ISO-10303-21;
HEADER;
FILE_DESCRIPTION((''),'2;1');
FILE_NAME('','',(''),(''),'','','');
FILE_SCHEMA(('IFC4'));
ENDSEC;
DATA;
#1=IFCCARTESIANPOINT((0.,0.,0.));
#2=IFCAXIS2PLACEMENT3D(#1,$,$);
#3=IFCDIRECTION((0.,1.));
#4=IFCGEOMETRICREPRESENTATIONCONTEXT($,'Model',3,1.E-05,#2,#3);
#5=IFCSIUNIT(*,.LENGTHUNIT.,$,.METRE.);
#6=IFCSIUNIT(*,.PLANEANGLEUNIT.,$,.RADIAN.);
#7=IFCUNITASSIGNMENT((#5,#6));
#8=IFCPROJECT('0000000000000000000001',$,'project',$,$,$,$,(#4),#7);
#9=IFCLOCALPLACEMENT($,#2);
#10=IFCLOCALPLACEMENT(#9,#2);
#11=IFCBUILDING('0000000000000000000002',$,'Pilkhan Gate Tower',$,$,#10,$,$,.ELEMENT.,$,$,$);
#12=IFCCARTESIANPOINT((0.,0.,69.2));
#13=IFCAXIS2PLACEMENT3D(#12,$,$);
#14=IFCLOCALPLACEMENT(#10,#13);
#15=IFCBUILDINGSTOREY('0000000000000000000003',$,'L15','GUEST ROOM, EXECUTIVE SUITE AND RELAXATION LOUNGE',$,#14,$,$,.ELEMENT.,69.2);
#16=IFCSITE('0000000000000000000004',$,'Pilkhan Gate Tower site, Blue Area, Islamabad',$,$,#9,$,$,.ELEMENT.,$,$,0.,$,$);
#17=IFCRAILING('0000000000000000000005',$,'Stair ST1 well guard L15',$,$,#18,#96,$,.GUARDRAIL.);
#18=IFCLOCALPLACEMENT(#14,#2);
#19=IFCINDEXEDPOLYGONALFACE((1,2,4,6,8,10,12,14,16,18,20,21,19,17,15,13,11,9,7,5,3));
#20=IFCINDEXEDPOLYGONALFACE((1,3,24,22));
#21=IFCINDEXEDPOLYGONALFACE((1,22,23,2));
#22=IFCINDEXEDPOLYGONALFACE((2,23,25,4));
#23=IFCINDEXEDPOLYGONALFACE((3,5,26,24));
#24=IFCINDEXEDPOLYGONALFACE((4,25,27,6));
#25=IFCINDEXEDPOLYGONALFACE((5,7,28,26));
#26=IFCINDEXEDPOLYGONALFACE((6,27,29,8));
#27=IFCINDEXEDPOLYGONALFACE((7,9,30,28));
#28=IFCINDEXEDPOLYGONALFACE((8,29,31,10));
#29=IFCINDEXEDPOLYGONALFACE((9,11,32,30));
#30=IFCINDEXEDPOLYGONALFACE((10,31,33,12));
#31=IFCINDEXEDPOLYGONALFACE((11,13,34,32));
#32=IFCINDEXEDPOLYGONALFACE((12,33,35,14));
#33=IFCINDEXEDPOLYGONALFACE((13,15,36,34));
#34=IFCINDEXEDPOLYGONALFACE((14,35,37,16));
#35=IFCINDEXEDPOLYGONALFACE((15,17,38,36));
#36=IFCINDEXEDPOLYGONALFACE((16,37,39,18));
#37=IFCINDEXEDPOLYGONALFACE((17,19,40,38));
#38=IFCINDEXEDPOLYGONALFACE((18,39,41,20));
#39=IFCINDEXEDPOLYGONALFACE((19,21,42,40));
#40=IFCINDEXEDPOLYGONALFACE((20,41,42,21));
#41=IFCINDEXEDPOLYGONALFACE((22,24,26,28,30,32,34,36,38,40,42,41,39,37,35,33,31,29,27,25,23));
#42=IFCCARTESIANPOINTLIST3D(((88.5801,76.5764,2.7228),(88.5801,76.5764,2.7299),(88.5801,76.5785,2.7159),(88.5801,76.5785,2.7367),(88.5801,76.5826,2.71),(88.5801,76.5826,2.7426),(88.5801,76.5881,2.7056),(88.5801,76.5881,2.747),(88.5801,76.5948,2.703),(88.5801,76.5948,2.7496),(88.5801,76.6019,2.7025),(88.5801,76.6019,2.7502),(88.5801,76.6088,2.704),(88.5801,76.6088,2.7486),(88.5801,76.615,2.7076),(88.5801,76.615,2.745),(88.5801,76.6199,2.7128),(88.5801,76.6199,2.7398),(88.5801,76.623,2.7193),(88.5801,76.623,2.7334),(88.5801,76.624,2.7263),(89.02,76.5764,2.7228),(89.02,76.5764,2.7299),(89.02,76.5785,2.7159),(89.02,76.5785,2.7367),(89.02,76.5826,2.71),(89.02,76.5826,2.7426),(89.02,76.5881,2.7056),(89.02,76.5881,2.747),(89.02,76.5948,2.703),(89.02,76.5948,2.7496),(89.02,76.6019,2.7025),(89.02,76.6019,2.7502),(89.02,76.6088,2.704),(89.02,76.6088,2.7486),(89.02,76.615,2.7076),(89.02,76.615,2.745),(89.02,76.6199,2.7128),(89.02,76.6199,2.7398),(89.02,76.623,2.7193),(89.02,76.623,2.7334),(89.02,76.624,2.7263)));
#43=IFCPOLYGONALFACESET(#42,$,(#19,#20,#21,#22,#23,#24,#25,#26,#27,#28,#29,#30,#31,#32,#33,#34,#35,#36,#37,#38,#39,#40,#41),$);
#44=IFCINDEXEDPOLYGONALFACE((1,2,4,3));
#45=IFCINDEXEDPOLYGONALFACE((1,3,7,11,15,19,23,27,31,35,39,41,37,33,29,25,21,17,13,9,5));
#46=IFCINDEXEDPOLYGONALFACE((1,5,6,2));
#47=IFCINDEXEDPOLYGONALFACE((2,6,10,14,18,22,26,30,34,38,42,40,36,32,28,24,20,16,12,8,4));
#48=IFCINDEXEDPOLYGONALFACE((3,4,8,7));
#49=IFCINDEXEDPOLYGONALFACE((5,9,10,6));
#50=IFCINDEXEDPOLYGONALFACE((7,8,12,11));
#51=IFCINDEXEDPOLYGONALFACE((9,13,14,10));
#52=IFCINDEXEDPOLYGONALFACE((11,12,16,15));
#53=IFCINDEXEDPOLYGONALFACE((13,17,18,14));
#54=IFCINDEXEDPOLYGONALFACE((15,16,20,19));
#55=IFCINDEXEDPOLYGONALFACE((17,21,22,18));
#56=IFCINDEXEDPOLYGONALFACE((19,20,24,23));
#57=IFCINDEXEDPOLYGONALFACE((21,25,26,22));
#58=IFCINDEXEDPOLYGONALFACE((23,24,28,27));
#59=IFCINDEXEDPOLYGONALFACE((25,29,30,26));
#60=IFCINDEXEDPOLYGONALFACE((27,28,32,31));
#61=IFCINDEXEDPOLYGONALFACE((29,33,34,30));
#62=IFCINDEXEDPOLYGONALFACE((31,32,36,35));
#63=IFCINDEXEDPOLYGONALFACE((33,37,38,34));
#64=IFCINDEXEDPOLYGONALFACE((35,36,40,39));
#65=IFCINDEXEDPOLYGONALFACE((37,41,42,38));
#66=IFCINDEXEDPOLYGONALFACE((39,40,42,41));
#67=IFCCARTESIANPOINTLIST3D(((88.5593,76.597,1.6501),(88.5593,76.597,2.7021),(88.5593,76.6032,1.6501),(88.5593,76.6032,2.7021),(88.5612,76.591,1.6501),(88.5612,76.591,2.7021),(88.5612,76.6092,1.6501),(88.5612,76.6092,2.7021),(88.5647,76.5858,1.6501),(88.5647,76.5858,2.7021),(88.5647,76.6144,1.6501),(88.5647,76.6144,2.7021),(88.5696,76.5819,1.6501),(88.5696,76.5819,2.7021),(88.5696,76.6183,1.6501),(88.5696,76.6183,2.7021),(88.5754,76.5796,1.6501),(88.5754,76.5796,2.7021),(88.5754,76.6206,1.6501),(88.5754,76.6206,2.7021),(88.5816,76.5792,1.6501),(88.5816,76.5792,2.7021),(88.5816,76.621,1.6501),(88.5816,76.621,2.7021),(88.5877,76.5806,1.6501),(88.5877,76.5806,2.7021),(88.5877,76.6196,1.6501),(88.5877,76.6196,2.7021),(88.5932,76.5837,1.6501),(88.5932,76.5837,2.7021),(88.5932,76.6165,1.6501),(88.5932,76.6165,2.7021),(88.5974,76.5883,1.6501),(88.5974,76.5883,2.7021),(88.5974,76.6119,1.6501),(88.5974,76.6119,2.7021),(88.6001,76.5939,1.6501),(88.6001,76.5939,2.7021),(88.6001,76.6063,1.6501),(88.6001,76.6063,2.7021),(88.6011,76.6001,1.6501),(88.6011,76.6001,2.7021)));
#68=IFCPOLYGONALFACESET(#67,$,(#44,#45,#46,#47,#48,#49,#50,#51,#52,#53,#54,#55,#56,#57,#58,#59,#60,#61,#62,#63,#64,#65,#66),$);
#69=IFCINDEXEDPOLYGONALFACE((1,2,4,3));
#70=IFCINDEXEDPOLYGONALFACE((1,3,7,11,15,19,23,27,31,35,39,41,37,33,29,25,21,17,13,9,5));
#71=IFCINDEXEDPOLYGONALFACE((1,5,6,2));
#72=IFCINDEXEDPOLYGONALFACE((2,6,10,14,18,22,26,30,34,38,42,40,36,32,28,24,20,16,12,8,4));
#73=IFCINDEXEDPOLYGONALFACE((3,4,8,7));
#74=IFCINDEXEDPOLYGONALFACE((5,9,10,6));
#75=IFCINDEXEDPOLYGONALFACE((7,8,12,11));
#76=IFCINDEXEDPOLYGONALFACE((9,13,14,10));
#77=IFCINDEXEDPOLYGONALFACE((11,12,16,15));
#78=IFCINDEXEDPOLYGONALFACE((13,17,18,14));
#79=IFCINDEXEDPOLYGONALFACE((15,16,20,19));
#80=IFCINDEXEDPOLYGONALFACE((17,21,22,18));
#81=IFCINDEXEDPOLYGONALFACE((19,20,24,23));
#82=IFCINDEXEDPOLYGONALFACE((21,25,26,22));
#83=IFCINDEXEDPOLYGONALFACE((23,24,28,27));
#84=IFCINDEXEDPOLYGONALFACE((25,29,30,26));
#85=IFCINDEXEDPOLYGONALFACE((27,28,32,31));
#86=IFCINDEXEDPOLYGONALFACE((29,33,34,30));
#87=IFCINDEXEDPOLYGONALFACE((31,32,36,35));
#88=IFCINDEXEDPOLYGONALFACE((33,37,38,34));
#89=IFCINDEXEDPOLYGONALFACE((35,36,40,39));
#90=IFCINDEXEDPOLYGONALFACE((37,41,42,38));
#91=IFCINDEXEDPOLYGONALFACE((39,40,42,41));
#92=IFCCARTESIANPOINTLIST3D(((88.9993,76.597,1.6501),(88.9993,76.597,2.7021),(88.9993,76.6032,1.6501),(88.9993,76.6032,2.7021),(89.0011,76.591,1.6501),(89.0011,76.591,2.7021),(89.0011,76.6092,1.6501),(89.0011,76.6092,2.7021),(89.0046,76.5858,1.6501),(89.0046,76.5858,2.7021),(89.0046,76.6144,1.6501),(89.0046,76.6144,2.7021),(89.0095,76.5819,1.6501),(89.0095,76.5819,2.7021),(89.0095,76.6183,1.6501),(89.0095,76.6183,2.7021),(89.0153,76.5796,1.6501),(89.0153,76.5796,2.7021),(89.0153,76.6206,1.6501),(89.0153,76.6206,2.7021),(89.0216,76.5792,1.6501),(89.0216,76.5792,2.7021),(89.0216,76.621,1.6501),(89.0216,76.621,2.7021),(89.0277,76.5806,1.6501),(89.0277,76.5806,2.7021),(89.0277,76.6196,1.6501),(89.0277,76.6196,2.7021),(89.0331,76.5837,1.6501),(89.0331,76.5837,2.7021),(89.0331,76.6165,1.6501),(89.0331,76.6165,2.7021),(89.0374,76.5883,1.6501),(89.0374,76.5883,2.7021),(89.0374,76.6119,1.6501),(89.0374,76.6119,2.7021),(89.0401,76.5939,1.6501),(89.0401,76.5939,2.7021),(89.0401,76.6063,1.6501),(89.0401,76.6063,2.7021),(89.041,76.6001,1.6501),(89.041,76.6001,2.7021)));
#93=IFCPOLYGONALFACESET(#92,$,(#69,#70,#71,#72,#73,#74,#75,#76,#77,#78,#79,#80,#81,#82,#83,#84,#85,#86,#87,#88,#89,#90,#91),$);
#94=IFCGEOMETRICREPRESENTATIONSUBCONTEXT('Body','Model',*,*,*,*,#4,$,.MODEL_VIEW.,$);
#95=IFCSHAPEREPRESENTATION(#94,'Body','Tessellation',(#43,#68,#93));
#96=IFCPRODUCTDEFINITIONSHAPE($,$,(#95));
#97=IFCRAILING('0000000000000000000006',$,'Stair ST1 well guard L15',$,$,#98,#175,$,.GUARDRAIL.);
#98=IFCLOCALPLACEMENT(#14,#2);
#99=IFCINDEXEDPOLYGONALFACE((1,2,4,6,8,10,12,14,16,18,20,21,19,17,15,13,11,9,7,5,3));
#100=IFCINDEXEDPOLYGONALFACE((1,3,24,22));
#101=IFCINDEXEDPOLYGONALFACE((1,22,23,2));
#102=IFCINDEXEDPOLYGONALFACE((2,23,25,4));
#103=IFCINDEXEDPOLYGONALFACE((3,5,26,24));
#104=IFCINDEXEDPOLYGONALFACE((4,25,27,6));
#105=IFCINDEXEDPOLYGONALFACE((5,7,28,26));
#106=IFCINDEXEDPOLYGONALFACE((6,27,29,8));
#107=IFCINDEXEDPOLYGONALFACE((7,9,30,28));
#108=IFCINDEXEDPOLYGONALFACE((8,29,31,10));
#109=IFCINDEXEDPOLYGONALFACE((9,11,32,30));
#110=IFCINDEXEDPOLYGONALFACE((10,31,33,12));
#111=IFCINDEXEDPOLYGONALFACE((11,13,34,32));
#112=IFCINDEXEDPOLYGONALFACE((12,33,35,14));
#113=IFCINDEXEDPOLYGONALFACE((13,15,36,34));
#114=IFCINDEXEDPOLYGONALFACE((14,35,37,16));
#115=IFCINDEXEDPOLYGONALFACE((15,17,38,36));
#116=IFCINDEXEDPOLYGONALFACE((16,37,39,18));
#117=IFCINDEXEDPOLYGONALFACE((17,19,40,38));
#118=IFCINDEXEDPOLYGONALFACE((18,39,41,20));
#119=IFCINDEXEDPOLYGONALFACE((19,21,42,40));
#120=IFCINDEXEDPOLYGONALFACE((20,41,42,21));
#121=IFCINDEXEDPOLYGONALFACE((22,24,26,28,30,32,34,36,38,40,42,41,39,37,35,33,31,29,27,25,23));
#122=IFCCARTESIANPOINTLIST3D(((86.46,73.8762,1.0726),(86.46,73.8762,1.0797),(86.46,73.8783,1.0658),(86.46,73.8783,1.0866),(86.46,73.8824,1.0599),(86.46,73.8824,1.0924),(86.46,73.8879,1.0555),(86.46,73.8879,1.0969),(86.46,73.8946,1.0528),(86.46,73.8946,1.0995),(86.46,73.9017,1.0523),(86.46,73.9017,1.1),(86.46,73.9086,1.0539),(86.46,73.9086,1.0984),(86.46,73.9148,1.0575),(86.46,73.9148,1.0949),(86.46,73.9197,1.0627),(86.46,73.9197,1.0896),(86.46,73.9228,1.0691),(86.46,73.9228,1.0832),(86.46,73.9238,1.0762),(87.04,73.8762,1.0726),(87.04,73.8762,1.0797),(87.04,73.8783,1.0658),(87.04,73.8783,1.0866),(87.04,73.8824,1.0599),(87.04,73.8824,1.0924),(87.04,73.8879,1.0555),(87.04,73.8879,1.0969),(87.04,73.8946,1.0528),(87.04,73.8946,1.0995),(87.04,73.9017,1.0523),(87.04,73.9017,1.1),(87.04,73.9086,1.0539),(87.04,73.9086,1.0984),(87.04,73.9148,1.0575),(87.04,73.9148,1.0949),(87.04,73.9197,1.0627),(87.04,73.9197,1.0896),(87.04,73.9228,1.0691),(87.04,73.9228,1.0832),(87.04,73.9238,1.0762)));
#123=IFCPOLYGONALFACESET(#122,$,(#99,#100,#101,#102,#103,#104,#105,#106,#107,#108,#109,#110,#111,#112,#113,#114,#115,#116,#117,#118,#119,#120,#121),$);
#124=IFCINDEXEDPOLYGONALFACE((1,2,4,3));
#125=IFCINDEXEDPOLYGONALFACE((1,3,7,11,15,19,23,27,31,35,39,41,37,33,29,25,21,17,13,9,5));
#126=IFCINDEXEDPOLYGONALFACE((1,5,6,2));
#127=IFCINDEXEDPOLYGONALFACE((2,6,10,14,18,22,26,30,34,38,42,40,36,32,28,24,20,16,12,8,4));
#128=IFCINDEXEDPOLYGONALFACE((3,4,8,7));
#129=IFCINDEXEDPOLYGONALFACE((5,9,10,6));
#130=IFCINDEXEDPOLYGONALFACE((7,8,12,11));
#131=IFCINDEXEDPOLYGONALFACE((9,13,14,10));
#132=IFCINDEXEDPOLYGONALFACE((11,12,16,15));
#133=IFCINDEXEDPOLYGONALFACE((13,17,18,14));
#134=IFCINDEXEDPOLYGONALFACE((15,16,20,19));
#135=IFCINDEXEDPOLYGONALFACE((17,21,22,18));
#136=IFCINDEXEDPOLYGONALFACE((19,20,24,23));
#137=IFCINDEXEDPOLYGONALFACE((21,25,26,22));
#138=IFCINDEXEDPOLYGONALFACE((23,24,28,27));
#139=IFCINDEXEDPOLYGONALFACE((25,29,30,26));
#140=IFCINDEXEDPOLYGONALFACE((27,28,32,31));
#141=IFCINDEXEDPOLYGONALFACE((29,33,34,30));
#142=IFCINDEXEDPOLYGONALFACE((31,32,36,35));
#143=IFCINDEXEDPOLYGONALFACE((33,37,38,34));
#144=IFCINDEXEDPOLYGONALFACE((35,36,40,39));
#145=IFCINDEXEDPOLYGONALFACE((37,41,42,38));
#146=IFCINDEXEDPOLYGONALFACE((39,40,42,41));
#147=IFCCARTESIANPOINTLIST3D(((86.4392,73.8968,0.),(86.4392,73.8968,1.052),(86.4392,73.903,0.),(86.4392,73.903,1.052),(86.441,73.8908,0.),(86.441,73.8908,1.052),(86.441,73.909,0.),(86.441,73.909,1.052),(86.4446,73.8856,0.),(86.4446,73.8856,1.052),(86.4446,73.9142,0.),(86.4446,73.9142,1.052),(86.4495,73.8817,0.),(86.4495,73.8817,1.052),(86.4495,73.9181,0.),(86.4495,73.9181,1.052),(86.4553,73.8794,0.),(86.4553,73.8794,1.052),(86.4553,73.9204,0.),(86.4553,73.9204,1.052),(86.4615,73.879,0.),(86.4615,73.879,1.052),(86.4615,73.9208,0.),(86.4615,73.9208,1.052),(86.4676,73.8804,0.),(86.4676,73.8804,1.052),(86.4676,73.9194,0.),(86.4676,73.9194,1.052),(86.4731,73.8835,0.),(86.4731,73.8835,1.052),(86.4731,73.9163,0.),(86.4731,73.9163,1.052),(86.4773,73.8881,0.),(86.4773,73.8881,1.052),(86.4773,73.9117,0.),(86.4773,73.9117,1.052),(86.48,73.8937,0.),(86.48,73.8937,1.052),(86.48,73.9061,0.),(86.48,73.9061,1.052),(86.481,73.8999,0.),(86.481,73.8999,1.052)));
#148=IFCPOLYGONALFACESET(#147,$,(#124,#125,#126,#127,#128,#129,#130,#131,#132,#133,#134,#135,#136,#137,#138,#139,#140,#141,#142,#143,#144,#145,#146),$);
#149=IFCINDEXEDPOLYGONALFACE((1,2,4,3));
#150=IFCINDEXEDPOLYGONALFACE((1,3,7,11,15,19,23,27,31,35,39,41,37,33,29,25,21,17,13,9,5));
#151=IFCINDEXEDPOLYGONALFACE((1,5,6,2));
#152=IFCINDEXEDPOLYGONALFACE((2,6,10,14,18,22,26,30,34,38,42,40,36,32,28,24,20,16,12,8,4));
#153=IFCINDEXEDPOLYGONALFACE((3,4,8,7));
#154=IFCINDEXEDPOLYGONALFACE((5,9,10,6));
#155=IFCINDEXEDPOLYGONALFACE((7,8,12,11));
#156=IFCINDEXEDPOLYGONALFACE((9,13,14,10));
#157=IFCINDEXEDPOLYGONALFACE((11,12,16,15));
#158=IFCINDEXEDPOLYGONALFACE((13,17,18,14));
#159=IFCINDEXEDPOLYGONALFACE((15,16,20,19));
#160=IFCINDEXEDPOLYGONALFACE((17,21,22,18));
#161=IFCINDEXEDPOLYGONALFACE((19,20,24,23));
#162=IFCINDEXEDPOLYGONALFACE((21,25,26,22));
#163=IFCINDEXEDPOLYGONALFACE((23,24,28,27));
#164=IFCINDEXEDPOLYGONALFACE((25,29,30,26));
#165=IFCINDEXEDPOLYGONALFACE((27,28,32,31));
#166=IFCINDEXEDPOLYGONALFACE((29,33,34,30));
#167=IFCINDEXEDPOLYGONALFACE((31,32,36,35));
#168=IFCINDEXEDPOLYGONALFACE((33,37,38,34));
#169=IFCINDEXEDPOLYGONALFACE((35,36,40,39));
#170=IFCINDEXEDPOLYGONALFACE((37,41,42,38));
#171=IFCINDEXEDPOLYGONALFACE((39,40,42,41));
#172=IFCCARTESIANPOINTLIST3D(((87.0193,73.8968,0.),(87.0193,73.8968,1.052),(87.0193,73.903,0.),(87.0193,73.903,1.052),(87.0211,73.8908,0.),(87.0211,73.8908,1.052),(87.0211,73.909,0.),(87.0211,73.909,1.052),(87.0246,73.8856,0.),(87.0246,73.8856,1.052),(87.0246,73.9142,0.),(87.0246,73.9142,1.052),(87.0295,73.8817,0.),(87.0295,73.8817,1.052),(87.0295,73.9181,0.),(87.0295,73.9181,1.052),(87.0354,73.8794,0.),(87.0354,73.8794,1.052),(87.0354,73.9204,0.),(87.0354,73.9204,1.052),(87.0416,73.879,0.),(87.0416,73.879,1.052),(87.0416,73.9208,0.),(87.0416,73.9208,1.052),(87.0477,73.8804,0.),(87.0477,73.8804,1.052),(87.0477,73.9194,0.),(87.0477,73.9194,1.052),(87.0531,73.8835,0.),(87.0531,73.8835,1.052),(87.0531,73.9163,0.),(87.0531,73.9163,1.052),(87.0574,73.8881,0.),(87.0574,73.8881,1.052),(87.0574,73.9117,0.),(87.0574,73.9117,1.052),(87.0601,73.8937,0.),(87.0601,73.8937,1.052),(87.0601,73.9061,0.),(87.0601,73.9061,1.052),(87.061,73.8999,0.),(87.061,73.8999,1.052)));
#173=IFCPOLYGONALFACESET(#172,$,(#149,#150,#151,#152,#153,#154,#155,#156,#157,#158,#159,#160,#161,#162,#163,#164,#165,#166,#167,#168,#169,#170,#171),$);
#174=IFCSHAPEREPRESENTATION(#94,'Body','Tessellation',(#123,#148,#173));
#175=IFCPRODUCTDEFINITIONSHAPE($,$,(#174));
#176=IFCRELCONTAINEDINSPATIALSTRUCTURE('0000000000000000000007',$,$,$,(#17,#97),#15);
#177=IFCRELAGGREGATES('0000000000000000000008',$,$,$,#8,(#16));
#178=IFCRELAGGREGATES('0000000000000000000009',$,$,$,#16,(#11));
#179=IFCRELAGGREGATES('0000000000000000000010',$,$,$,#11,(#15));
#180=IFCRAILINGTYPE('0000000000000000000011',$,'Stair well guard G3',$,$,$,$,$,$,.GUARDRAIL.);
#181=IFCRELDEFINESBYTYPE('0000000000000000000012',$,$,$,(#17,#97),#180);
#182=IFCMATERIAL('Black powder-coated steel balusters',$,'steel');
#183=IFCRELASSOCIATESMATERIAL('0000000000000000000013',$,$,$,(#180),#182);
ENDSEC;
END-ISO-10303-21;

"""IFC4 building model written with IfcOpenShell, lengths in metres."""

from ifc_helpers import new_model, si_unit, direction, frame, origin, origin_2d, place, context, subcontext, project, spatial, circle, extrude, material, type_object, element, save


model = new_model("IFC4")

# Units and contexts
model_context = context("Model", 3, precision=1e-05, world=origin(), true_north=direction((0.0, 1.0)))
body_context = subcontext(model_context, "Body", "Model", "MODEL_VIEW")
ifc_project = project(units=[si_unit("LENGTHUNIT", "METRE"), si_unit("PLANEANGLEUNIT", "RADIAN")], contexts=[model_context])

# Site, building, storey
site_placement = place(None, origin())
site = spatial("IfcSite", under=ifc_project, at=site_placement, Name="Pilkhan Gate Tower site, Blue Area, Islamabad", CompositionType="ELEMENT", RefElevation=0.0)
building_placement = place(site_placement, origin())
building = spatial("IfcBuilding", under=site, at=building_placement, Name="Pilkhan Gate Tower", CompositionType="ELEMENT")
storey_placement = place(building_placement, frame((0.0, 0.0, 69.2)))
storey = spatial("IfcBuildingStorey", under=building, at=storey_placement, Name="L15", Description="GUEST ROOM, EXECUTIVE SUITE AND RELAXATION LOUNGE", CompositionType="ELEMENT", Elevation=69.2)

# Railings
ifc_material_1 = material(Name="Black powder-coated steel balusters", Category="steel")
railing_type_1 = type_object("IfcRailingType", Name="Stair well guard G3", PredefinedType="GUARDRAIL", material=ifc_material_1)
railing_1_placement = place(storey_placement, frame((88.5801, 76.6001, 1.6501)))
element("IfcRailing", 1, at=railing_1_placement, inside=storey, type_object=railing_type_1, Name="Stair ST1 well guard L15", PredefinedType="GUARDRAIL", context=body_context, shape_type="SweptSolid", body=[
    extrude(circle(Radius=0.0239, at=origin_2d()), frame((0.0, 0.0, 1.0762), z_axis=(1.0, 0.0, 0.0), x_axis=(0.0, 1.0, 0.0)), (0.0, 0.0, 1.0), 0.4399),
    extrude(circle(Radius=0.021, at=origin_2d()), origin(), (0.0, 0.0, 1.0), 1.052),
    extrude(circle(Radius=0.021, at=origin_2d()), frame((0.4399, 0.0, 0.0)), (0.0, 0.0, 1.0), 1.052),
])
for number, where, name in (
    (2, (86.46, 73.8999, 0.0), "Stair ST1 well guard L15"),
):
    element("IfcRailing", number, at=place(storey_placement, frame(where)), inside=storey, type_object=railing_type_1, Name=name, PredefinedType="GUARDRAIL", context=body_context, shape_type="SweptSolid", body=[
        extrude(circle(Radius=0.0239, at=origin_2d()), frame((0.0, 0.0, 1.0762), z_axis=(1.0, 0.0, 0.0), x_axis=(0.0, 1.0, 0.0)), (0.0, 0.0, 1.0), 0.5801),
        extrude(circle(Radius=0.021, at=origin_2d()), origin(), (0.0, 0.0, 1.0), 1.052),
        extrude(circle(Radius=0.021, at=origin_2d()), frame((0.5801, 0.0, 0.0)), (0.0, 0.0, 1.0), 1.052),
    ])

save(model, "model.ifc")
